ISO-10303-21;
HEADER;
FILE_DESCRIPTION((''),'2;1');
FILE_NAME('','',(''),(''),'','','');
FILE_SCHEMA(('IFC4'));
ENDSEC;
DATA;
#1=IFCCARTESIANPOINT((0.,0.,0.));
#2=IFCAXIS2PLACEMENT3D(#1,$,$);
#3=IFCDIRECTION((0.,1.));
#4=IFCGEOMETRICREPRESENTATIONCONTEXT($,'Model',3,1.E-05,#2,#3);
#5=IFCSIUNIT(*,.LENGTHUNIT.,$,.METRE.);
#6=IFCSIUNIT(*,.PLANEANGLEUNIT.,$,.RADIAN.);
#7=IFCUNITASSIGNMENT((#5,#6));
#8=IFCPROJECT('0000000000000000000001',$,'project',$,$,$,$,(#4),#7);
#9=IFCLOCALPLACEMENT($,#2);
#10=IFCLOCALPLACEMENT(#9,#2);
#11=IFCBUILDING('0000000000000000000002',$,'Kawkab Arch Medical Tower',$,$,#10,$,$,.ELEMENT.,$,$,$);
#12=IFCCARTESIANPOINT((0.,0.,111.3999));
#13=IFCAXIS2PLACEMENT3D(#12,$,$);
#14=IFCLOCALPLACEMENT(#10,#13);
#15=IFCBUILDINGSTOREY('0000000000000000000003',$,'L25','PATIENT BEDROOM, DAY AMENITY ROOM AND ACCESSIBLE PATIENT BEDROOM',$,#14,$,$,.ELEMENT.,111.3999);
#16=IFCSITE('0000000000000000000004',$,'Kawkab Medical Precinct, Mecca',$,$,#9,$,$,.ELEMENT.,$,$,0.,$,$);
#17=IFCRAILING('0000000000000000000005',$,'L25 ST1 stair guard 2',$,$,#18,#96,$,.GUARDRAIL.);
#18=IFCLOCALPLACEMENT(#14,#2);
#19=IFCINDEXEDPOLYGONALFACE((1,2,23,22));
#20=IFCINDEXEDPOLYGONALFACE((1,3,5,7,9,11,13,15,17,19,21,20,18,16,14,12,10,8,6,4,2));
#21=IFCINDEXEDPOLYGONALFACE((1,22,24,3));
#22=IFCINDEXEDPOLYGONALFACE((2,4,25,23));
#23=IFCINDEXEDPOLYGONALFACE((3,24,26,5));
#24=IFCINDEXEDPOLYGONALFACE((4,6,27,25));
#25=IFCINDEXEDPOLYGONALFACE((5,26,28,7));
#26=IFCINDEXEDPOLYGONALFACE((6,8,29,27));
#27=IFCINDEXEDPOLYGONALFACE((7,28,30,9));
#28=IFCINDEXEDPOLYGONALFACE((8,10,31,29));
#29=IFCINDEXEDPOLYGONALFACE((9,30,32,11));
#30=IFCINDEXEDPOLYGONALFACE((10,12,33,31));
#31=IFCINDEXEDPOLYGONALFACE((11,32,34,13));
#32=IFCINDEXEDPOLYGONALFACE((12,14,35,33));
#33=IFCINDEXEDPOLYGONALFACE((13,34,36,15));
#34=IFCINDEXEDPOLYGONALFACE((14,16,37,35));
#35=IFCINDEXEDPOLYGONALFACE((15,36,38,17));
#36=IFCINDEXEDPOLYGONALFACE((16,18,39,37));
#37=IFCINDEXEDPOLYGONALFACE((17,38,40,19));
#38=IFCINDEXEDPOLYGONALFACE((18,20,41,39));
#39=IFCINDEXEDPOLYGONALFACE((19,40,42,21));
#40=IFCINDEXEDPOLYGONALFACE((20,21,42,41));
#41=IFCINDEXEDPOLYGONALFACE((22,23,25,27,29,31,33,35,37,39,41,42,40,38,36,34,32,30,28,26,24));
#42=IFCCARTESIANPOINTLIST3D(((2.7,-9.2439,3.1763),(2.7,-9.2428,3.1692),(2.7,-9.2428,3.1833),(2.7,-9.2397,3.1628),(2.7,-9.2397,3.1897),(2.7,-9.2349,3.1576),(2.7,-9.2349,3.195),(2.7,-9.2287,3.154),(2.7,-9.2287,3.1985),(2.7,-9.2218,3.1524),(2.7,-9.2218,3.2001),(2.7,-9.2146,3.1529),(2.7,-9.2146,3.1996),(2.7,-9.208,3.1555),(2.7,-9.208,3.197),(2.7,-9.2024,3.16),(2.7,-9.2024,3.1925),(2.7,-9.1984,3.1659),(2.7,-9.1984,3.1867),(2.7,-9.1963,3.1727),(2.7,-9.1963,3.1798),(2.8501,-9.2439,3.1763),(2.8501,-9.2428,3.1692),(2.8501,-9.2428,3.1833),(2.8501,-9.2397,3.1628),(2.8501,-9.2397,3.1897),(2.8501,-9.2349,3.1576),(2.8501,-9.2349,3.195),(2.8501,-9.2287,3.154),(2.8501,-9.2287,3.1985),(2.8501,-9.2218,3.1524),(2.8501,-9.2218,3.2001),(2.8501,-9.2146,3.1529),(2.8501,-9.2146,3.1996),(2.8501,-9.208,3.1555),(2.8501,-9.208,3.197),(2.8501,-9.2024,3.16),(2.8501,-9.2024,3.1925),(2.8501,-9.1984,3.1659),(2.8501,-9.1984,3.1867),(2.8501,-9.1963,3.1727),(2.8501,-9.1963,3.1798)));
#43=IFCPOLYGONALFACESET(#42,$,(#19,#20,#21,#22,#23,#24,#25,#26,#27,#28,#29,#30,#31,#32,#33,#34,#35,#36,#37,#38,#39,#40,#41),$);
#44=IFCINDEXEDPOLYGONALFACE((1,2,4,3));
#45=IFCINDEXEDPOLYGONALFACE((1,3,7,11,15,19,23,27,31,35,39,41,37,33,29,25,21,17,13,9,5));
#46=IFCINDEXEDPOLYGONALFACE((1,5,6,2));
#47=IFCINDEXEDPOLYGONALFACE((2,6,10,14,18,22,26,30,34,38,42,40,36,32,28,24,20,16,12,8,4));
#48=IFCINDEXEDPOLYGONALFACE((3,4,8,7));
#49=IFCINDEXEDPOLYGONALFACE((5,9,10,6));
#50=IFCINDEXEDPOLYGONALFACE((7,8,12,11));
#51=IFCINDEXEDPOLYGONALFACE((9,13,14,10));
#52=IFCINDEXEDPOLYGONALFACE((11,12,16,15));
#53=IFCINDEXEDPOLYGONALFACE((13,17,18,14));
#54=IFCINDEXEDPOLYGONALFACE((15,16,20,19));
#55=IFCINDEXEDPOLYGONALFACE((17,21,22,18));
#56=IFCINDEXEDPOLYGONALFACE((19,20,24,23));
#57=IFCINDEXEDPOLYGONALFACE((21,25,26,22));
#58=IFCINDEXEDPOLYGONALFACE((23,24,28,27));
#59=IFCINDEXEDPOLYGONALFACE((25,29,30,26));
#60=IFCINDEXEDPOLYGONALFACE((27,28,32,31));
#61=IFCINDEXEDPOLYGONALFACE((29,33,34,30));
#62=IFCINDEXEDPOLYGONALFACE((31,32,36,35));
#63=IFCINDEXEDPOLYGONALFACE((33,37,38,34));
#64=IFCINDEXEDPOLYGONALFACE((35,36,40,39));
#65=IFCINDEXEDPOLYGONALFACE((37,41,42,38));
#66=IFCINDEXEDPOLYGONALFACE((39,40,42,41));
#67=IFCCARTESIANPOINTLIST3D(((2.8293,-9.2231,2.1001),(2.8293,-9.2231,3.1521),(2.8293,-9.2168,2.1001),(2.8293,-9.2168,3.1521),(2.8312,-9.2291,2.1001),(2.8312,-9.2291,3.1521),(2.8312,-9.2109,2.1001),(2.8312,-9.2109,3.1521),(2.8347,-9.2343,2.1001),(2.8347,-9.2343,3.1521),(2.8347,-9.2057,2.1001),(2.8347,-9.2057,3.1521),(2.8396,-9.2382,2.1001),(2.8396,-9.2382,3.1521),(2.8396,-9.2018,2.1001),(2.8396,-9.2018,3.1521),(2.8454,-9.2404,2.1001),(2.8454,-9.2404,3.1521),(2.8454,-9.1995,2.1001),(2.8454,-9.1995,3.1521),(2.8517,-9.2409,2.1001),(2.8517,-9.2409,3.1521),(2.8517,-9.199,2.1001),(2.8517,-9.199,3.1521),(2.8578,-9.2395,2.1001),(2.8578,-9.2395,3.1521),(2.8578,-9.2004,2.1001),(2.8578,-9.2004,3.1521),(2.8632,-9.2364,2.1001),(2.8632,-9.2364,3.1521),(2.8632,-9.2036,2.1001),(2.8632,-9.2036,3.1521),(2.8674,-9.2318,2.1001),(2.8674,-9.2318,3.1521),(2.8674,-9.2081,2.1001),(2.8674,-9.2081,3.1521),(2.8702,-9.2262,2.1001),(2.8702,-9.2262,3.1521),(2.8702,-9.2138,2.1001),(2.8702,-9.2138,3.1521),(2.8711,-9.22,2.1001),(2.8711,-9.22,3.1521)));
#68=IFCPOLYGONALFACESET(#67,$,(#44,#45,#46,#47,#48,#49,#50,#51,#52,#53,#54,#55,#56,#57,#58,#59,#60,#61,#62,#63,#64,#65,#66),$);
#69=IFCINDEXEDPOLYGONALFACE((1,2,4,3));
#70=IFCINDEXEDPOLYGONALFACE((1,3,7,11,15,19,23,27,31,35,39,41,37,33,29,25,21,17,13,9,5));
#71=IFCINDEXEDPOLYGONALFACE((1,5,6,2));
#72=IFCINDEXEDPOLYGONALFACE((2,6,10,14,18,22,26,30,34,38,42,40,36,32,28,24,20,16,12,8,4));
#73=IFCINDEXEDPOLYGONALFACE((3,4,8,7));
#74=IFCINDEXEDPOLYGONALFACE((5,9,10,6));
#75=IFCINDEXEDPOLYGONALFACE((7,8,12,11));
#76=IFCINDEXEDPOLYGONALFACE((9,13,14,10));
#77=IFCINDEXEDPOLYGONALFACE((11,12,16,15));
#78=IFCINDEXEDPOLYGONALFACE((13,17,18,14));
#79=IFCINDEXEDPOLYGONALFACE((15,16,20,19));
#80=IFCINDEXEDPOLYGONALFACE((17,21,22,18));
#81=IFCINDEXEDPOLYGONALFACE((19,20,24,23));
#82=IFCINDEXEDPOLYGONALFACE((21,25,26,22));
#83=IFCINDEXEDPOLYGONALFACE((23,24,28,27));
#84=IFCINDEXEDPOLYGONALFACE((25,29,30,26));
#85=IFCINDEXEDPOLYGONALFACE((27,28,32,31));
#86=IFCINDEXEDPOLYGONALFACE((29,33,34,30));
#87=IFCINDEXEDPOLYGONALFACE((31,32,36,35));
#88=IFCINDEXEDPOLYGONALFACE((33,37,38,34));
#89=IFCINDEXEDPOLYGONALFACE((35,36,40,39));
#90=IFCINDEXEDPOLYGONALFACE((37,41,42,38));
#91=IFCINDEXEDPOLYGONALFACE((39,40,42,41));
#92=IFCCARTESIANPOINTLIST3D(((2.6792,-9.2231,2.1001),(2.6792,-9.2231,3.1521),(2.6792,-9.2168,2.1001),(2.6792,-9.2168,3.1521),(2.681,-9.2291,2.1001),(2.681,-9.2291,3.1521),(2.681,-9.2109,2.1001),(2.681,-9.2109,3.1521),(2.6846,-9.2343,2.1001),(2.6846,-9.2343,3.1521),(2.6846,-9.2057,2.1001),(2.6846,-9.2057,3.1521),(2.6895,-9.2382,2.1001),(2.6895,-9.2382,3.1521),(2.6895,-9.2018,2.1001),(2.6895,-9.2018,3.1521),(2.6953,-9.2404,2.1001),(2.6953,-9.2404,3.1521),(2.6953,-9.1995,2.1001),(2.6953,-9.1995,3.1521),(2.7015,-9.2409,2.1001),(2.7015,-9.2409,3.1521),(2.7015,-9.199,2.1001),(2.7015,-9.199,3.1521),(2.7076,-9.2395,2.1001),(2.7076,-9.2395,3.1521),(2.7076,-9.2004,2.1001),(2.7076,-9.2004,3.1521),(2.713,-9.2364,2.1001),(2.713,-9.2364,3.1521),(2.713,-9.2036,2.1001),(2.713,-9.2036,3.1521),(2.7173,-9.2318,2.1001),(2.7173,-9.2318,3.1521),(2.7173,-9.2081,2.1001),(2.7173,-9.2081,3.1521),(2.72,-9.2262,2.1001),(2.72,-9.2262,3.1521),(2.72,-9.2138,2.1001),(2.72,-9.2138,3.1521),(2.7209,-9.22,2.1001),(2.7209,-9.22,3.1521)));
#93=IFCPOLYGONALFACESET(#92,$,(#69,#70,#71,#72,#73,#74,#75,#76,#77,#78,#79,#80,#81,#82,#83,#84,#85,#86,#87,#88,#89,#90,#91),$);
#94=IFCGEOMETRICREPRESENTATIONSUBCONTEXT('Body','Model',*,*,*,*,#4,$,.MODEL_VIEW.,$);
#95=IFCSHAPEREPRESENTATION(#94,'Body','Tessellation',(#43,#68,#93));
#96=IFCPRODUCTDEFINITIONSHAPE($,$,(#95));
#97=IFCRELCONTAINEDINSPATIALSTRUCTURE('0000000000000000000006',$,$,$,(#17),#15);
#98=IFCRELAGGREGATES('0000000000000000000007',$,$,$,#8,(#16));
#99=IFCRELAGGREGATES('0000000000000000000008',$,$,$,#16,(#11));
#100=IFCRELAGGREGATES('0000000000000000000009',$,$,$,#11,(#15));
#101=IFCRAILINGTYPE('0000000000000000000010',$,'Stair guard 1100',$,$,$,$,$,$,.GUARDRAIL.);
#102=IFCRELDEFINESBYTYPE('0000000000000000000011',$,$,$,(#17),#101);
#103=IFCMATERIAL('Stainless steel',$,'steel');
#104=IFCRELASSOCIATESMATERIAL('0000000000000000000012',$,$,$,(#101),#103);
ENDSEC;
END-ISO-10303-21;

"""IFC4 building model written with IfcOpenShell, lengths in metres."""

from ifc_helpers import new_model, si_unit, direction, frame, origin, origin_2d, place, context, subcontext, project, spatial, circle, extrude, material, type_object, element, save


model = new_model("IFC4")

# Units and contexts
model_context = context("Model", 3, precision=1e-05, world=origin(), true_north=direction((0.0, 1.0)))
body_context = subcontext(model_context, "Body", "Model", "MODEL_VIEW")
ifc_project = project(units=[si_unit("LENGTHUNIT", "METRE"), si_unit("PLANEANGLEUNIT", "RADIAN")], contexts=[model_context])

# Site, building, storey
site_placement = place(None, origin())
site = spatial("IfcSite", under=ifc_project, at=site_placement, Name="Kawkab Medical Precinct, Mecca", CompositionType="ELEMENT", RefElevation=0.0)
building_placement = place(site_placement, origin())
building = spatial("IfcBuilding", under=site, at=building_placement, Name="Kawkab Arch Medical Tower", CompositionType="ELEMENT")
storey_placement = place(building_placement, frame((0.0, 0.0, 111.3999)))
storey = spatial("IfcBuildingStorey", under=building, at=storey_placement, Name="L25", Description="PATIENT BEDROOM, DAY AMENITY ROOM AND ACCESSIBLE PATIENT BEDROOM", CompositionType="ELEMENT", Elevation=111.3999)

# Railing
ifc_material_1 = material(Name="Stainless steel", Category="steel")
railing_type = type_object("IfcRailingType", Name="Stair guard 1100", PredefinedType="GUARDRAIL", material=ifc_material_1)
railing_1_placement = place(storey_placement, frame((2.8501, -9.22, 2.1001)))
element("IfcRailing", 1, at=railing_1_placement, inside=storey, type_object=railing_type, Name="L25 ST1 stair guard 2", PredefinedType="GUARDRAIL", context=body_context, shape_type="SweptSolid", body=[
    extrude(circle(Radius=0.0239, at=origin_2d()), frame((0.0, 0.0, 1.0762), z_axis=(-1.0, 0.0, 0.0), x_axis=(0.0, -1.0, 0.0)), (0.0, 0.0, 1.0), 0.1501),
    extrude(circle(Radius=0.021, at=origin_2d()), origin(), (0.0, 0.0, 1.0), 1.052),
    extrude(circle(Radius=0.021, at=origin_2d()), frame((-0.1501, 0.0, 0.0)), (0.0, 0.0, 1.0), 1.052),
])

save(model, "model.ifc")
